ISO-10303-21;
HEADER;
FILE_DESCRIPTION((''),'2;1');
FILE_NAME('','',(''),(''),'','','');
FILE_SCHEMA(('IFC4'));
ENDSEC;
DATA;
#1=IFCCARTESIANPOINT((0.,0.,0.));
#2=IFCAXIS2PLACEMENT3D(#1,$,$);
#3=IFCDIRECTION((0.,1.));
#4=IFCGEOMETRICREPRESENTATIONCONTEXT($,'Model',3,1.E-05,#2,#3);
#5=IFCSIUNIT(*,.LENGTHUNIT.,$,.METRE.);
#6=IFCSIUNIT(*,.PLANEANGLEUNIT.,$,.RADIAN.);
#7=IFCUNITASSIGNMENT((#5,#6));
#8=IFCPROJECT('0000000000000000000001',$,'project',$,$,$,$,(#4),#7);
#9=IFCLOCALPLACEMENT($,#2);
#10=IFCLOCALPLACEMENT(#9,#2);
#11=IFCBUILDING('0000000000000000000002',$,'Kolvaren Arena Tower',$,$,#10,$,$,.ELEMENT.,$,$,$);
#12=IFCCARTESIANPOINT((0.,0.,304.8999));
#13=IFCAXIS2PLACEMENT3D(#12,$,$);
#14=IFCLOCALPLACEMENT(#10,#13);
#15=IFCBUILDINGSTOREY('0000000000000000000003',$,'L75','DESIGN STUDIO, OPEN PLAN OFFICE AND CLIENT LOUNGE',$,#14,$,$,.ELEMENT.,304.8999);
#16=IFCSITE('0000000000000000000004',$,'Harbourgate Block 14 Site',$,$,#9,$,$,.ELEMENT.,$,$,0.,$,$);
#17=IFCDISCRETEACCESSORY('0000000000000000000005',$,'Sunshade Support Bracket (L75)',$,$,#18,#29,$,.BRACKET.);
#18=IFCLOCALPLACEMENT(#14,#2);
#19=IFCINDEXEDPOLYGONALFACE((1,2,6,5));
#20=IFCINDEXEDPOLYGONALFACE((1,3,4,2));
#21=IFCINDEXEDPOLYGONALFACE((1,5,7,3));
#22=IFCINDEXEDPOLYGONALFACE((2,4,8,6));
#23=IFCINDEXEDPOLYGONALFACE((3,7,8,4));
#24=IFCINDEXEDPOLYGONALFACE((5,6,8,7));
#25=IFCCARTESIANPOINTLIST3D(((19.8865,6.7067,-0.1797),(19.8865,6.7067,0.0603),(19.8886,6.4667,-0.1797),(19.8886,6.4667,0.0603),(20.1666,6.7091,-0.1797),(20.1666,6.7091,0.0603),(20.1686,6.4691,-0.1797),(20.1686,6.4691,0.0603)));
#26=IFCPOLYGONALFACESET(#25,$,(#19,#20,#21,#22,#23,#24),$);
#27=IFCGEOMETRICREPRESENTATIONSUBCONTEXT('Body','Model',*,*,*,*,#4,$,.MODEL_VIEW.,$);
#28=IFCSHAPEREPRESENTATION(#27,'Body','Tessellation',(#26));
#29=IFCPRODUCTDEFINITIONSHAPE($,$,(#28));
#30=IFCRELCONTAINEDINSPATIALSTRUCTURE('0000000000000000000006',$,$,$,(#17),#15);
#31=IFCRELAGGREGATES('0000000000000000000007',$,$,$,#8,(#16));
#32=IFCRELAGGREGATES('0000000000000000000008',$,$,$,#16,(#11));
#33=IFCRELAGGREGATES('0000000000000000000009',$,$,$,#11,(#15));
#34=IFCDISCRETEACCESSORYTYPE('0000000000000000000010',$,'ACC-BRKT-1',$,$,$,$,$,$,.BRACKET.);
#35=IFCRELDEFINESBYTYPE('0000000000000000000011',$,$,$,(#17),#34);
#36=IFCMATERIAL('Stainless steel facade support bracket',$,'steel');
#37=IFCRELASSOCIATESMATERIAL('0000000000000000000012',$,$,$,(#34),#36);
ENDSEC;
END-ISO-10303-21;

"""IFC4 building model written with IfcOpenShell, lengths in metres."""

from ifc_helpers import new_model, si_unit, direction, frame, origin, origin_2d, place, context, subcontext, project, spatial, rectangle, extrude, material, type_object, element, save


model = new_model("IFC4")

# Units and contexts
model_context = context("Model", 3, precision=1e-05, world=origin(), true_north=direction((0.0, 1.0)))
body_context = subcontext(model_context, "Body", "Model", "MODEL_VIEW")
ifc_project = project(units=[si_unit("LENGTHUNIT", "METRE"), si_unit("PLANEANGLEUNIT", "RADIAN")], contexts=[model_context])

# Site, building, storey
site_placement = place(None, origin())
site = spatial("IfcSite", under=ifc_project, at=site_placement, Name="Harbourgate Block 14 Site", CompositionType="ELEMENT", RefElevation=0.0)
building_placement = place(site_placement, origin())
building = spatial("IfcBuilding", under=site, at=building_placement, Name="Kolvaren Arena Tower", CompositionType="ELEMENT")
storey_placement = place(building_placement, frame((0.0, 0.0, 304.8999)))
storey = spatial("IfcBuildingStorey", under=building, at=storey_placement, Name="L75", Description="DESIGN STUDIO, OPEN PLAN OFFICE AND CLIENT LOUNGE", CompositionType="ELEMENT", Elevation=304.8999)

# Discrete accessory
ifc_material_1 = material(Name="Stainless steel facade support bracket", Category="steel")
discrete_accessory_type = type_object("IfcDiscreteAccessoryType", Name="ACC-BRKT-1", PredefinedType="BRACKET", material=ifc_material_1)
for number, where, z_axis, x_axis, name in (
    (1, (20.0276, 6.5879, -0.1797), (0.0, 0.0, 1.0), (-0.999962, -0.008727, 0.0), "Sunshade Support Bracket (L75)"),
):
    element("IfcDiscreteAccessory", number, at=place(storey_placement, frame(where, z_axis=z_axis, x_axis=x_axis)), inside=storey, type_object=discrete_accessory_type, Name=name, PredefinedType="BRACKET", context=body_context, shape_type="SweptSolid", body=[
        extrude(rectangle(XDim=0.28, YDim=0.24, at=origin_2d()), origin(), (0.0, 0.0, 1.0), 0.24),
    ])

save(model, "model.ifc")
